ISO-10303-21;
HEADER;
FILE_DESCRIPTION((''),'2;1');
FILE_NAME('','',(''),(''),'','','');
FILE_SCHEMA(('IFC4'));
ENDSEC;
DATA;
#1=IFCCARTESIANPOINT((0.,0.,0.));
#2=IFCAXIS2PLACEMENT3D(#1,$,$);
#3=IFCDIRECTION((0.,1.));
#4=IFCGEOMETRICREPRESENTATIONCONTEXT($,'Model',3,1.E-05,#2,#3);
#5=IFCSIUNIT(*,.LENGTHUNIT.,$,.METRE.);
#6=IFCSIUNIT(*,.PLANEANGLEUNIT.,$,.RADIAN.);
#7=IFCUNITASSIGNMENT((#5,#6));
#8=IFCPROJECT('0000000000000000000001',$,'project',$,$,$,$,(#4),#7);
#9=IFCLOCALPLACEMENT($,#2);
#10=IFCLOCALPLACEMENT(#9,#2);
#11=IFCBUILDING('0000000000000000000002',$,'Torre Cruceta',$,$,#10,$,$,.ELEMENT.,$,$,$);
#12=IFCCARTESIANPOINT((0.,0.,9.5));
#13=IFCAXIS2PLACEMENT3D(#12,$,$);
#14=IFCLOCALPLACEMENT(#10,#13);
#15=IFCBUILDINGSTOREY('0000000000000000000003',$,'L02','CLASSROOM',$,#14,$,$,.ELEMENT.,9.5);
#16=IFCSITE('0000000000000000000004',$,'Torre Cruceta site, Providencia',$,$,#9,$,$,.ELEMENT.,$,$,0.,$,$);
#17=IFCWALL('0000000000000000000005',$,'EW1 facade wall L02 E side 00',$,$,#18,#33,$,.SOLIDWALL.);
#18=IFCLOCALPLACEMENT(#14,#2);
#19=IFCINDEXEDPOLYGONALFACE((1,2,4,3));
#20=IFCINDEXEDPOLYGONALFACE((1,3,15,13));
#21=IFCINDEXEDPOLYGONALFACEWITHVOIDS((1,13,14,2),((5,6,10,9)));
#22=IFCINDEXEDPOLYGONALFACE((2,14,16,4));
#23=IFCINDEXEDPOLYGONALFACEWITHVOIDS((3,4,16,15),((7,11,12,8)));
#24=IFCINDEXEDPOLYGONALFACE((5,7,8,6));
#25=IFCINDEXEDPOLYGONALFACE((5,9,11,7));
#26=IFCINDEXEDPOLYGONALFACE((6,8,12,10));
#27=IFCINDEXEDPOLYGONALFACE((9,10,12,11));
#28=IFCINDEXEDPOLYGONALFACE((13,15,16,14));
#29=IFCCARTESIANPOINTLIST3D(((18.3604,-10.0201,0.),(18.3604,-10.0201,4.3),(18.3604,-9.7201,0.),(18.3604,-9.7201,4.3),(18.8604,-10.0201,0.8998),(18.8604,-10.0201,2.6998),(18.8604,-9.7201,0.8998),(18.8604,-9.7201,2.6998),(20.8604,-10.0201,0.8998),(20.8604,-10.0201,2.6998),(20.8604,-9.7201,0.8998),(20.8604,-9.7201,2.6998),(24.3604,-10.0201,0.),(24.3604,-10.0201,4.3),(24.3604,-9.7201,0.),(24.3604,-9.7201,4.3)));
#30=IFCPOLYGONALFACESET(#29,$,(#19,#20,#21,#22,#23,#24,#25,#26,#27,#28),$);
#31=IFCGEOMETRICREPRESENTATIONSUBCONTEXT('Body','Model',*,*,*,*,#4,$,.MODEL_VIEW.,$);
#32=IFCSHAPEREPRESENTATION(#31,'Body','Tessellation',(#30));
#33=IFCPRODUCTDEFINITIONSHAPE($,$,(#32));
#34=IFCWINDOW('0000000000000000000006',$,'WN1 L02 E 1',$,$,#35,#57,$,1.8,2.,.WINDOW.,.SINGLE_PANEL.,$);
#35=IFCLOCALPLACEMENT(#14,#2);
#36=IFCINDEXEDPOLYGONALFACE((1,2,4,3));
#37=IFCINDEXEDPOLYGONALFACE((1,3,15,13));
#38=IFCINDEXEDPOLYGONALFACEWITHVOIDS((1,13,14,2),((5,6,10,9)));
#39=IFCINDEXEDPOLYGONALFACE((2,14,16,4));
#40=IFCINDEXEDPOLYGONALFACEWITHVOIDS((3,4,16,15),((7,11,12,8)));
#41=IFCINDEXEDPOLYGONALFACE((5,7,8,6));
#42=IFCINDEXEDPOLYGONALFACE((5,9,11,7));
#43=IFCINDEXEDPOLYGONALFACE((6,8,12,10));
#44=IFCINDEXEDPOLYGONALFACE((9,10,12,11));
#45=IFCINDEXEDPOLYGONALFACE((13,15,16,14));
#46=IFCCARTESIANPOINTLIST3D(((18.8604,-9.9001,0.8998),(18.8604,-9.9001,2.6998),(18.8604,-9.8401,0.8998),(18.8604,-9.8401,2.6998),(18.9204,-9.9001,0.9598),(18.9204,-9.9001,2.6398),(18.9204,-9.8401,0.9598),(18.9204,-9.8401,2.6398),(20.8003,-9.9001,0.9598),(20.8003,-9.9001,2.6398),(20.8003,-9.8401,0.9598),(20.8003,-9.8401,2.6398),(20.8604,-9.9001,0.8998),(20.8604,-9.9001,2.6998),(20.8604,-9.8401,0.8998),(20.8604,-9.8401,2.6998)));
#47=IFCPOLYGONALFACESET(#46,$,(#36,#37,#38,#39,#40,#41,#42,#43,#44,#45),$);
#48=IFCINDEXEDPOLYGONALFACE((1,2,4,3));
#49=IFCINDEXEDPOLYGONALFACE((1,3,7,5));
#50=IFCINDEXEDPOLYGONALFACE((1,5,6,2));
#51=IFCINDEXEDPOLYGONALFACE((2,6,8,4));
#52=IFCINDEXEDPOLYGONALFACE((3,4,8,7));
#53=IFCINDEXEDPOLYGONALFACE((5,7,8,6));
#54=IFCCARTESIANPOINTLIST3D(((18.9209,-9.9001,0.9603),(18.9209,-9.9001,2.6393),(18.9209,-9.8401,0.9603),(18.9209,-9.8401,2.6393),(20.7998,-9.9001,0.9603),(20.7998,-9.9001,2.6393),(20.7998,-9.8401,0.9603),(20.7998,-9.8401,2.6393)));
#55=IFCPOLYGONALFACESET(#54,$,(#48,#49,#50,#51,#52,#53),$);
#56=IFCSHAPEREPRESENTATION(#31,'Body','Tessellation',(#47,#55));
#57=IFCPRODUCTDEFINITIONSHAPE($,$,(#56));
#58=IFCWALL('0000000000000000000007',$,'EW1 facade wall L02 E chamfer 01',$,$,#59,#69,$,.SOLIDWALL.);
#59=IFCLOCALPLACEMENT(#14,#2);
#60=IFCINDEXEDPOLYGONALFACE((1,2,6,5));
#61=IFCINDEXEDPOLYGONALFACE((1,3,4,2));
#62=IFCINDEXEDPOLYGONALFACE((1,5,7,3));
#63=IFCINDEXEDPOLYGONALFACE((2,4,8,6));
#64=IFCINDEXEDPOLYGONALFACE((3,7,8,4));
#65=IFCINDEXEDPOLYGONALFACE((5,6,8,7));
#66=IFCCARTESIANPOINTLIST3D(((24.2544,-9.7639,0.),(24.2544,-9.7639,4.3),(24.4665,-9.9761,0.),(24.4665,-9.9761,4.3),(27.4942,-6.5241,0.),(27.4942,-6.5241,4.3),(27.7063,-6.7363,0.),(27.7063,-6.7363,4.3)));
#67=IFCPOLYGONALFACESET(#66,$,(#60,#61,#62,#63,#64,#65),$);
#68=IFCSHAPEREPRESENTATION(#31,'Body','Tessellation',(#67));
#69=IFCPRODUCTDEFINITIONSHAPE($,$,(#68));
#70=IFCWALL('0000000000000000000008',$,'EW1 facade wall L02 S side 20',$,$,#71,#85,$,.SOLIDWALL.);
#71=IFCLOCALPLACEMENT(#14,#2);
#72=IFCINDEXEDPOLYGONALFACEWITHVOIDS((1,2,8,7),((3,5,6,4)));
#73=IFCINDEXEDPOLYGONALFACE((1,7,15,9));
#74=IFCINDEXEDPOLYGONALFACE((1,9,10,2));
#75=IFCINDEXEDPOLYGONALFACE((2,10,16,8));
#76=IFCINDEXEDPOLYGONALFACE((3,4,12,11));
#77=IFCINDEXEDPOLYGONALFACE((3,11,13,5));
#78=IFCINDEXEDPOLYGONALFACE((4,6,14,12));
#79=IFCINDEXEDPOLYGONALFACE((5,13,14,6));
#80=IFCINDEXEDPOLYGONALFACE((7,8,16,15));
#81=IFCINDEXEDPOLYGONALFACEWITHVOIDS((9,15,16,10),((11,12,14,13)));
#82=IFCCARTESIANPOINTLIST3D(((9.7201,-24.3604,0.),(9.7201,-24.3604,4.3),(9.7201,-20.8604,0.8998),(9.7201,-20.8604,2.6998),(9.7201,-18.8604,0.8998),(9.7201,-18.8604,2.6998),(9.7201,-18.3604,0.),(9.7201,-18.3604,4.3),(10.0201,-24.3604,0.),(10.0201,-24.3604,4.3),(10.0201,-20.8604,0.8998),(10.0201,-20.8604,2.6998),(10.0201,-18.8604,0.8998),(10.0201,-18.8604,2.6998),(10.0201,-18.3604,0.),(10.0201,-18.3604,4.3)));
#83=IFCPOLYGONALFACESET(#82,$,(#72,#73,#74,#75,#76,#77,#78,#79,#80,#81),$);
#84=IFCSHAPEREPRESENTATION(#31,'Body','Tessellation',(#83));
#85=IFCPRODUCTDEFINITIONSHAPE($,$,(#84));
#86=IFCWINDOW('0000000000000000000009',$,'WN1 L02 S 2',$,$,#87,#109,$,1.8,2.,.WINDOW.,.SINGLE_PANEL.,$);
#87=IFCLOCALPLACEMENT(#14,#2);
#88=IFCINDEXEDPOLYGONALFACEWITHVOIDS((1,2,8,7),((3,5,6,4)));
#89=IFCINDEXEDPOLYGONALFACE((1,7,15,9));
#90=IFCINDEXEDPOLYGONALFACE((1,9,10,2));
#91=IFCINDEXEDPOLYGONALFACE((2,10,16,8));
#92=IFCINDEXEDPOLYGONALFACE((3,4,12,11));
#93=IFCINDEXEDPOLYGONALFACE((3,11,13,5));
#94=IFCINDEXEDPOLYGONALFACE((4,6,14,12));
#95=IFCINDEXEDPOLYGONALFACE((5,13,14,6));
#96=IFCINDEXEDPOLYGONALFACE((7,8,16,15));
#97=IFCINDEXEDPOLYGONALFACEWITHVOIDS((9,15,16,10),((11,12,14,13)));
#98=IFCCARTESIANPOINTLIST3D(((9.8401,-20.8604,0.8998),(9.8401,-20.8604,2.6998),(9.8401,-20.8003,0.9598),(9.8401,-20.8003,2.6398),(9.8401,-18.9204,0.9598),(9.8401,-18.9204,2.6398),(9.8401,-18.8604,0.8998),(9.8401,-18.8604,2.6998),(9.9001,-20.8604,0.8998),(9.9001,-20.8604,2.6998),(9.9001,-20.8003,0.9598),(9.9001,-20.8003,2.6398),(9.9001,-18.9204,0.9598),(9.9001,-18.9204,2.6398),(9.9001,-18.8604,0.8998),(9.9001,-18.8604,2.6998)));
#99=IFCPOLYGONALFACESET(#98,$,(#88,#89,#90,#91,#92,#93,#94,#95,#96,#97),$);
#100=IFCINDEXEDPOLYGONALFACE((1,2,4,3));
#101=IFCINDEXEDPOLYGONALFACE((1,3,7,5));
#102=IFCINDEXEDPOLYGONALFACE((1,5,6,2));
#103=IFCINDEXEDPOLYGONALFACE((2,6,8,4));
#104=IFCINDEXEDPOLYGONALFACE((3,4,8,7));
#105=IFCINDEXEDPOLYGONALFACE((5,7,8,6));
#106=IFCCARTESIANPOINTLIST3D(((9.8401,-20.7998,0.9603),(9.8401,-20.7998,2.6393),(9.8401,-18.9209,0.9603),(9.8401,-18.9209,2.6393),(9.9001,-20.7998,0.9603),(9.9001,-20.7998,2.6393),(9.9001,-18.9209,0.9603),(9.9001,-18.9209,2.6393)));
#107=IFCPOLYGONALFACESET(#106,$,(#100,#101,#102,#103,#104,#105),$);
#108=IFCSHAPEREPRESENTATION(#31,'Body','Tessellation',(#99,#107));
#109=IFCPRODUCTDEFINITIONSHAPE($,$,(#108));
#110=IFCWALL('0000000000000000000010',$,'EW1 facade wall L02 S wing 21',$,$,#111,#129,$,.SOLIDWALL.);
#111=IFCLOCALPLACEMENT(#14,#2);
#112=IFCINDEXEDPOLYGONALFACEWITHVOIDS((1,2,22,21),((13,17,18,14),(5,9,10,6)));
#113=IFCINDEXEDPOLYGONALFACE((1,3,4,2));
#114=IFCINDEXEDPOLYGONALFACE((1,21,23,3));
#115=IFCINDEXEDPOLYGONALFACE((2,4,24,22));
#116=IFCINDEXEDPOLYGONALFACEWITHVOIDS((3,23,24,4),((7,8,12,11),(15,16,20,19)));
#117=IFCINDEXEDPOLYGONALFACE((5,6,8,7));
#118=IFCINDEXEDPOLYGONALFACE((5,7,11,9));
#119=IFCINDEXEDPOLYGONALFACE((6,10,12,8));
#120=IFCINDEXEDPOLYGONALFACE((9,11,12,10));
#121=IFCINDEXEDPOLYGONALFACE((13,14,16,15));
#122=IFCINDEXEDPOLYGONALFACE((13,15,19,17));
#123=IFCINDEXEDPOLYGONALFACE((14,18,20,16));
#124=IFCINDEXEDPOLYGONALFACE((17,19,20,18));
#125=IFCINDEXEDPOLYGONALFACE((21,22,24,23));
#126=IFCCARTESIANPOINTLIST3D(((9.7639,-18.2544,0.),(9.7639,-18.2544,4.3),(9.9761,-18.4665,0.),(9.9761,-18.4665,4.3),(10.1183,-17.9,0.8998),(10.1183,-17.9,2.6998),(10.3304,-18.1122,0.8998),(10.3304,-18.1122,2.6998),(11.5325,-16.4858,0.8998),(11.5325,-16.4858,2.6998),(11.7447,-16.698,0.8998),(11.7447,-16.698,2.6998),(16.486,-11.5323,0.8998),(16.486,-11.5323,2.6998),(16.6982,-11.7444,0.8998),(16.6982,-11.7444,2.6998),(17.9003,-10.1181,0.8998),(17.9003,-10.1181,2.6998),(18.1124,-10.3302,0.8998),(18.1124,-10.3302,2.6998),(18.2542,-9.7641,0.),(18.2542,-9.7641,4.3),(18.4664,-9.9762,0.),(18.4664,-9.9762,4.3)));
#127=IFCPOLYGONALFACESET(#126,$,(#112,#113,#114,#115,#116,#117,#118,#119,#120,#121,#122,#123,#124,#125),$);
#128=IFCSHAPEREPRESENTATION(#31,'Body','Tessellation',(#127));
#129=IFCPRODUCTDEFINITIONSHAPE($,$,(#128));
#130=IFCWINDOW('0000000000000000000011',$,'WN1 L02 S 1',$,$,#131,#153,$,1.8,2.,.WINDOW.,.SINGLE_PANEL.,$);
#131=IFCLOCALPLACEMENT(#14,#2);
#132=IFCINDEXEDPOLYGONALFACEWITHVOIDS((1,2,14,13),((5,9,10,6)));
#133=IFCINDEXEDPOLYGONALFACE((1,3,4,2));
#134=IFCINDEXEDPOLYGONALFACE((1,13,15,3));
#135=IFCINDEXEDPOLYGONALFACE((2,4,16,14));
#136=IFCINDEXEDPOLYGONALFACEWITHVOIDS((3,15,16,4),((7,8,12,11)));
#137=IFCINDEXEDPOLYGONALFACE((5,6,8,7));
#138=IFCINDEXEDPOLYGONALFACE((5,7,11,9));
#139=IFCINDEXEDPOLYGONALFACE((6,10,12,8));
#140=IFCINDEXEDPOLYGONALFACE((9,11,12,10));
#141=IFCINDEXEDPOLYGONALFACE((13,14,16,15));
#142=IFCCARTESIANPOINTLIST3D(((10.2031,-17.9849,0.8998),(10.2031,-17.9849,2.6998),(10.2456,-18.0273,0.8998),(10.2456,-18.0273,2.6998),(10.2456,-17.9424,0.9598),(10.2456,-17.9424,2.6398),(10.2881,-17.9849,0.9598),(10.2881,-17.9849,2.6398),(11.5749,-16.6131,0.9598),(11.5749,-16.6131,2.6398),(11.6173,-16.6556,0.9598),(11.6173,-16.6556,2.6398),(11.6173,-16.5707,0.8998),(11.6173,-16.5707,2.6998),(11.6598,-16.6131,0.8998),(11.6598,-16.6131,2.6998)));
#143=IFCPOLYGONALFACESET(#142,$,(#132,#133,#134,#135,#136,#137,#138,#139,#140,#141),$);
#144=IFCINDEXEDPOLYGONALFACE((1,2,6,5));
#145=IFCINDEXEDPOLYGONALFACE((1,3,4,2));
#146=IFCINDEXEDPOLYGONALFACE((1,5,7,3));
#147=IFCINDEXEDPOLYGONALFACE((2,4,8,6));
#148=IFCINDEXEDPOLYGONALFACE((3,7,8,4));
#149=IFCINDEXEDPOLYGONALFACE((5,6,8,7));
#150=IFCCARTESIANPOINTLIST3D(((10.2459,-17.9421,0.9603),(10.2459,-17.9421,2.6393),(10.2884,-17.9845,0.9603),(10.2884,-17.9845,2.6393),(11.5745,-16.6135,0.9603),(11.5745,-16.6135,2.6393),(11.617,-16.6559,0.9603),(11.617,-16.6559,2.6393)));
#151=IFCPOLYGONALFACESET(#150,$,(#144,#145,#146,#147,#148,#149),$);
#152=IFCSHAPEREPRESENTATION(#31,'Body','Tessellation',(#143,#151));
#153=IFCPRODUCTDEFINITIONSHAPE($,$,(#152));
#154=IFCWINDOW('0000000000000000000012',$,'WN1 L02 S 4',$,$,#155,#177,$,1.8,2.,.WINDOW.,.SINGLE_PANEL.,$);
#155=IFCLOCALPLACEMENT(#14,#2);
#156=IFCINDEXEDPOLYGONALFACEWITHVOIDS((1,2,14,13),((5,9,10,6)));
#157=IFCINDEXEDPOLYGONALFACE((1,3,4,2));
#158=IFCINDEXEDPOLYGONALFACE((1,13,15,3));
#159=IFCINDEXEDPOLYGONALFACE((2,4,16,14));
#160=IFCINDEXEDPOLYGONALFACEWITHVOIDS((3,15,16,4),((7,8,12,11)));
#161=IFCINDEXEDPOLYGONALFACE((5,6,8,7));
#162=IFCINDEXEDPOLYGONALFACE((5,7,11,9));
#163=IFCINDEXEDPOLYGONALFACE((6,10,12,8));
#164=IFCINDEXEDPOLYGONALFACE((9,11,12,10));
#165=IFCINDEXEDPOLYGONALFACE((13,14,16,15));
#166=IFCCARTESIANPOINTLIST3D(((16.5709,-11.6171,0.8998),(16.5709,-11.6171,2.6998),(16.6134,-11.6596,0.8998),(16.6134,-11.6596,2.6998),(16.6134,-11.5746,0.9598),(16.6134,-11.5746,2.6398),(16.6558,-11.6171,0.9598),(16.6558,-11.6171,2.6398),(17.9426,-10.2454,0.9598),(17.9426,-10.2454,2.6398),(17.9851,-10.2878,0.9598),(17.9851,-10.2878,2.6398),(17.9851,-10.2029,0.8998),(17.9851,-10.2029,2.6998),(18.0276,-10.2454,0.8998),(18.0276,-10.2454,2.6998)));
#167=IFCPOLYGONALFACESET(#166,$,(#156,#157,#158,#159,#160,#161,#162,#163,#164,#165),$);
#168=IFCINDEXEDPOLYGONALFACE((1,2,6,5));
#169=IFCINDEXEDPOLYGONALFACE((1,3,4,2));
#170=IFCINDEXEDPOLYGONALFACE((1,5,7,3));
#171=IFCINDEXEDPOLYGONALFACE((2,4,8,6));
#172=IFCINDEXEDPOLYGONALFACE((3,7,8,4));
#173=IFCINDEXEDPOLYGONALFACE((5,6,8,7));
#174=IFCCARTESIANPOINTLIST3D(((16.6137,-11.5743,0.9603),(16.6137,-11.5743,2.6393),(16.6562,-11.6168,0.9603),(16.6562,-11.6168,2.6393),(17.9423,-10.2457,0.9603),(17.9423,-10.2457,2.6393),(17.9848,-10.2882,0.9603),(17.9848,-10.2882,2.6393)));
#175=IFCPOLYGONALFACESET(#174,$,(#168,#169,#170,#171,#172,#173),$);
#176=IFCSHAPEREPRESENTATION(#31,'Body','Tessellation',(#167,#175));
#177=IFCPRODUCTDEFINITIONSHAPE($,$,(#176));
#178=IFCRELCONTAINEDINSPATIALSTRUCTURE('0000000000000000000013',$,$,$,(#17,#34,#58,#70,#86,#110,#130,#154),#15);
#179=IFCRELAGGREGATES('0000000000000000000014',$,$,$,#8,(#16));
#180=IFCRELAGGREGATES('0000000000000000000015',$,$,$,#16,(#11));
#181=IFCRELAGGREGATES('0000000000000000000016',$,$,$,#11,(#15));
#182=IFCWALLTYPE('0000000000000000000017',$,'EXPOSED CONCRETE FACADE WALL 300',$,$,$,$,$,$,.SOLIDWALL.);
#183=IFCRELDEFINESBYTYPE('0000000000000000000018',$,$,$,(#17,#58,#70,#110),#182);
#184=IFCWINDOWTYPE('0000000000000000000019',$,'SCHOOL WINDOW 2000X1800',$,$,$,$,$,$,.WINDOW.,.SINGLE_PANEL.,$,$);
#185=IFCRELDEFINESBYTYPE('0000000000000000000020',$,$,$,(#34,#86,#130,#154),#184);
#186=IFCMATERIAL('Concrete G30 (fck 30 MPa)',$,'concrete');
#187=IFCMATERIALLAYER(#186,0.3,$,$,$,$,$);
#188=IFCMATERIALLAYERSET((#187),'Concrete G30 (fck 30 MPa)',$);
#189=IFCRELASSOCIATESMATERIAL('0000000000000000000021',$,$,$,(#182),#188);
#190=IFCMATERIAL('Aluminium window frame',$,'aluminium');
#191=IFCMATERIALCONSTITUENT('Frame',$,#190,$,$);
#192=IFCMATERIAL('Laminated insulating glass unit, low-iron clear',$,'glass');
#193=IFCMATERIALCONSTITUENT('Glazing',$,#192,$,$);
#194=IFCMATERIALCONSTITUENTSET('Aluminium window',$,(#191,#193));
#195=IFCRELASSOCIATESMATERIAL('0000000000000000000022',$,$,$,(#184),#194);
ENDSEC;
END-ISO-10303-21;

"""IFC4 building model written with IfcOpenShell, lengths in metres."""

from ifc_helpers import new_model, si_unit, direction, frame, frame_2d, origin, place, context, subcontext, project, spatial, rectangle, hollow_rectangle, extrude, material, layer, layer_set, constituent, constituent_set, type_object, element, fill, save


model = new_model("IFC4")

# Units and contexts
model_context = context("Model", 3, precision=1e-05, world=origin(), true_north=direction((0.0, 1.0)))
body_context = subcontext(model_context, "Body", "Model", "MODEL_VIEW")
ifc_project = project(units=[si_unit("LENGTHUNIT", "METRE"), si_unit("PLANEANGLEUNIT", "RADIAN")], contexts=[model_context])

# Site, building, storey
site_placement = place(None, origin())
site = spatial("IfcSite", under=ifc_project, at=site_placement, Name="Torre Cruceta site, Providencia", CompositionType="ELEMENT", RefElevation=0.0)
building_placement = place(site_placement, origin())
building = spatial("IfcBuilding", under=site, at=building_placement, Name="Torre Cruceta", CompositionType="ELEMENT")
storey_placement = place(building_placement, frame((0.0, 0.0, 9.5)))
storey = spatial("IfcBuildingStorey", under=building, at=storey_placement, Name="L02", Description="CLASSROOM", CompositionType="ELEMENT", Elevation=9.5)

# Wall, opening, window
ifc_material_1 = material(Name="Concrete G30 (fck 30 MPa)", Category="concrete")
ifc_layer_1 = layer(ifc_material_1, 0.3)
ifc_layer_set_1 = layer_set([ifc_layer_1], Name="Concrete G30 (fck 30 MPa)")
wall_type_1 = type_object("IfcWallType", Name="EXPOSED CONCRETE FACADE WALL 300", PredefinedType="SOLIDWALL", material=ifc_layer_set_1)
wall_1_placement = place(storey_placement, frame((18.3604, -9.8701, 0.0), z_axis=(0.0, 0.0, 1.0), x_axis=(1.0, 0.0, 0.0)))
wall_1 = element("IfcWall", 1, at=wall_1_placement, inside=storey, type_object=wall_type_1, Name="EW1 facade wall L02 E side 00", PredefinedType="SOLIDWALL", context=body_context, shape_type="SweptSolid", body=[
    extrude(rectangle(XDim=6.0, YDim=0.3, at=frame_2d((3.0, 0.0))), origin(), (0.0, 0.0, 1.0), 4.3),
])
opening_1_placement = place(wall_1_placement, frame((0.5, 0.0, 0.8999)))
opening_1 = element("IfcOpeningElement", 2, at=opening_1_placement, cuts=wall_1, PredefinedType="OPENING", context=body_context, shape_type="SweptSolid", body=[
    extrude(rectangle(XDim=2.0, YDim=1.8, at=frame_2d((1.0, 0.8999))), frame((0.0, 0.1599, 0.0), z_axis=(0.0, -1.0, 0.0), x_axis=(1.0, 0.0, 0.0)), (0.0, 0.0, 1.0), 0.3201),
])
ifc_material_2 = material(Name="Aluminium window frame", Category="aluminium")
ifc_constituent_1 = constituent(ifc_material_2, Name="Frame")
ifc_material_3 = material(Name="Laminated insulating glass unit, low-iron clear", Category="glass")
ifc_constituent_2 = constituent(ifc_material_3, Name="Glazing")
ifc_constituent_set_1 = constituent_set(constituents=[ifc_constituent_1, ifc_constituent_2], Name="Aluminium window")
window_type = type_object("IfcWindowType", Name="SCHOOL WINDOW 2000X1800", PartitioningType="SINGLE_PANEL", PredefinedType="WINDOW", material=ifc_constituent_set_1)
window_1_placement = place(opening_1_placement, origin())
window_1 = element("IfcWindow", 3, at=window_1_placement, inside=storey, type_object=window_type, Name="WN1 L02 E 1", OverallHeight=1.8, OverallWidth=2.0, PartitioningType="SINGLE_PANEL", PredefinedType="WINDOW", context=body_context, shape_type="SweptSolid", body=[
    extrude(hollow_rectangle(XDim=2.0, YDim=1.8, WallThickness=0.0601, at=frame_2d((1.0, 0.8999))), frame((0.0, 0.03, 0.0), z_axis=(0.0, -1.0, 0.0), x_axis=(1.0, 0.0, 0.0)), (0.0, 0.0, 1.0), 0.0601),
    extrude(rectangle(XDim=1.8789, YDim=1.679, at=frame_2d((1.0, 0.8999))), frame((0.0, 0.03, 0.0), z_axis=(0.0, -1.0, 0.0), x_axis=(1.0, 0.0, 0.0)), (0.0, 0.0, 1.0), 0.0601),
])
fill(opening_1, window_1)

# Wall
wall_2_placement = place(storey_placement, frame((24.3604, -9.8701, 0.0), z_axis=(0.0, 0.0, 1.0), x_axis=(0.707107, 0.707107, 0.0)))
element("IfcWall", 4, at=wall_2_placement, inside=storey, type_object=wall_type_1, Name="EW1 facade wall L02 E chamfer 01", PredefinedType="SOLIDWALL", context=body_context, shape_type="SweptSolid", body=[
    extrude(rectangle(XDim=4.5818, YDim=0.3, at=frame_2d((2.291, 0.0))), origin(), (0.0, 0.0, 1.0), 4.3),
])

# Wall, opening, window
wall_3_placement = place(storey_placement, frame((9.8701, -24.3604, 0.0), z_axis=(0.0, 0.0, 1.0), x_axis=(0.0, 1.0, 0.0)))
wall_3 = element("IfcWall", 5, at=wall_3_placement, inside=storey, type_object=wall_type_1, Name="EW1 facade wall L02 S side 20", PredefinedType="SOLIDWALL", context=body_context, shape_type="SweptSolid", body=[
    extrude(rectangle(XDim=6.0, YDim=0.3, at=frame_2d((3.0, 0.0))), origin(), (0.0, 0.0, 1.0), 4.3),
])
opening_2_placement = place(wall_3_placement, frame((3.5, 0.0, 0.8999)))
opening_2 = element("IfcOpeningElement", 6, at=opening_2_placement, cuts=wall_3, PredefinedType="OPENING", context=body_context, shape_type="SweptSolid", body=[
    extrude(rectangle(XDim=2.0, YDim=1.8, at=frame_2d((1.0, 0.8999))), frame((0.0, 0.1599, 0.0), z_axis=(0.0, -1.0, 0.0), x_axis=(1.0, 0.0, 0.0)), (0.0, 0.0, 1.0), 0.3201),
])
window_2_placement = place(opening_2_placement, origin())
window_2 = element("IfcWindow", 7, at=window_2_placement, inside=storey, type_object=window_type, Name="WN1 L02 S 2", OverallHeight=1.8, OverallWidth=2.0, PartitioningType="SINGLE_PANEL", PredefinedType="WINDOW", context=body_context, shape_type="SweptSolid", body=[
    extrude(hollow_rectangle(XDim=2.0, YDim=1.8, WallThickness=0.0601, at=frame_2d((1.0, 0.8999))), frame((0.0, 0.03, 0.0), z_axis=(0.0, -1.0, 0.0), x_axis=(1.0, 0.0, 0.0)), (0.0, 0.0, 1.0), 0.0601),
    extrude(rectangle(XDim=1.8789, YDim=1.679, at=frame_2d((1.0, 0.8999))), frame((0.0, 0.03, 0.0), z_axis=(0.0, -1.0, 0.0), x_axis=(1.0, 0.0, 0.0)), (0.0, 0.0, 1.0), 0.0601),
])
fill(opening_2, window_2)

# Wall, openings, windows
wall_4_placement = place(storey_placement, frame((9.8701, -18.3604, 0.0), z_axis=(0.0, 0.0, 1.0), x_axis=(0.707107, 0.707107, 0.0)))
wall_4 = element("IfcWall", 8, at=wall_4_placement, inside=storey, type_object=wall_type_1, Name="EW1 facade wall L02 S wing 21", PredefinedType="SOLIDWALL", context=body_context, shape_type="SweptSolid", body=[
    extrude(rectangle(XDim=12.0071, YDim=0.3, at=frame_2d((6.0034, 0.0))), origin(), (0.0, 0.0, 1.0), 4.3),
])
opening_3_placement = place(wall_4_placement, frame((0.501, 0.0, 0.8999)))
opening_3 = element("IfcOpeningElement", 9, at=opening_3_placement, cuts=wall_4, PredefinedType="OPENING", context=body_context, shape_type="SweptSolid", body=[
    extrude(rectangle(XDim=2.0, YDim=1.8, at=frame_2d((1.0, 0.8999))), frame((0.0, 0.1599, 0.0), z_axis=(0.0, -1.0, 0.0), x_axis=(1.0, 0.0, 0.0)), (0.0, 0.0, 1.0), 0.3201),
])
opening_4_placement = place(wall_4_placement, frame((9.5063, 0.0, 0.8999)))
opening_4 = element("IfcOpeningElement", 10, at=opening_4_placement, cuts=wall_4, PredefinedType="OPENING", context=body_context, shape_type="SweptSolid", body=[
    extrude(rectangle(XDim=2.0, YDim=1.8, at=frame_2d((1.0, 0.8999))), frame((0.0, 0.1599, 0.0), z_axis=(0.0, -1.0, 0.0), x_axis=(1.0, 0.0, 0.0)), (0.0, 0.0, 1.0), 0.3201),
])
window_3_placement = place(opening_3_placement, origin())
window_3 = element("IfcWindow", 11, at=window_3_placement, inside=storey, type_object=window_type, Name="WN1 L02 S 1", OverallHeight=1.8, OverallWidth=2.0, PartitioningType="SINGLE_PANEL", PredefinedType="WINDOW", context=body_context, shape_type="SweptSolid", body=[
    extrude(hollow_rectangle(XDim=2.0, YDim=1.8, WallThickness=0.0601, at=frame_2d((1.0, 0.8999))), frame((0.0, 0.03, 0.0), z_axis=(0.0, -1.0, 0.0), x_axis=(1.0, 0.0, 0.0)), (0.0, 0.0, 1.0), 0.0601),
    extrude(rectangle(XDim=1.8789, YDim=1.679, at=frame_2d((1.0, 0.8999))), frame((0.0, 0.03, 0.0), z_axis=(0.0, -1.0, 0.0), x_axis=(1.0, 0.0, 0.0)), (0.0, 0.0, 1.0), 0.0601),
])
fill(opening_3, window_3)
window_4_placement = place(opening_4_placement, origin())
window_4 = element("IfcWindow", 12, at=window_4_placement, inside=storey, type_object=window_type, Name="WN1 L02 S 4", OverallHeight=1.8, OverallWidth=2.0, PartitioningType="SINGLE_PANEL", PredefinedType="WINDOW", context=body_context, shape_type="SweptSolid", body=[
    extrude(hollow_rectangle(XDim=2.0, YDim=1.8, WallThickness=0.0601, at=frame_2d((1.0, 0.8999))), frame((0.0, 0.03, 0.0), z_axis=(0.0, -1.0, 0.0), x_axis=(1.0, 0.0, 0.0)), (0.0, 0.0, 1.0), 0.0601),
    extrude(rectangle(XDim=1.8789, YDim=1.679, at=frame_2d((1.0, 0.8999))), frame((0.0, 0.03, 0.0), z_axis=(0.0, -1.0, 0.0), x_axis=(1.0, 0.0, 0.0)), (0.0, 0.0, 1.0), 0.0601),
])
fill(opening_4, window_4)

save(model, "model.ifc")
